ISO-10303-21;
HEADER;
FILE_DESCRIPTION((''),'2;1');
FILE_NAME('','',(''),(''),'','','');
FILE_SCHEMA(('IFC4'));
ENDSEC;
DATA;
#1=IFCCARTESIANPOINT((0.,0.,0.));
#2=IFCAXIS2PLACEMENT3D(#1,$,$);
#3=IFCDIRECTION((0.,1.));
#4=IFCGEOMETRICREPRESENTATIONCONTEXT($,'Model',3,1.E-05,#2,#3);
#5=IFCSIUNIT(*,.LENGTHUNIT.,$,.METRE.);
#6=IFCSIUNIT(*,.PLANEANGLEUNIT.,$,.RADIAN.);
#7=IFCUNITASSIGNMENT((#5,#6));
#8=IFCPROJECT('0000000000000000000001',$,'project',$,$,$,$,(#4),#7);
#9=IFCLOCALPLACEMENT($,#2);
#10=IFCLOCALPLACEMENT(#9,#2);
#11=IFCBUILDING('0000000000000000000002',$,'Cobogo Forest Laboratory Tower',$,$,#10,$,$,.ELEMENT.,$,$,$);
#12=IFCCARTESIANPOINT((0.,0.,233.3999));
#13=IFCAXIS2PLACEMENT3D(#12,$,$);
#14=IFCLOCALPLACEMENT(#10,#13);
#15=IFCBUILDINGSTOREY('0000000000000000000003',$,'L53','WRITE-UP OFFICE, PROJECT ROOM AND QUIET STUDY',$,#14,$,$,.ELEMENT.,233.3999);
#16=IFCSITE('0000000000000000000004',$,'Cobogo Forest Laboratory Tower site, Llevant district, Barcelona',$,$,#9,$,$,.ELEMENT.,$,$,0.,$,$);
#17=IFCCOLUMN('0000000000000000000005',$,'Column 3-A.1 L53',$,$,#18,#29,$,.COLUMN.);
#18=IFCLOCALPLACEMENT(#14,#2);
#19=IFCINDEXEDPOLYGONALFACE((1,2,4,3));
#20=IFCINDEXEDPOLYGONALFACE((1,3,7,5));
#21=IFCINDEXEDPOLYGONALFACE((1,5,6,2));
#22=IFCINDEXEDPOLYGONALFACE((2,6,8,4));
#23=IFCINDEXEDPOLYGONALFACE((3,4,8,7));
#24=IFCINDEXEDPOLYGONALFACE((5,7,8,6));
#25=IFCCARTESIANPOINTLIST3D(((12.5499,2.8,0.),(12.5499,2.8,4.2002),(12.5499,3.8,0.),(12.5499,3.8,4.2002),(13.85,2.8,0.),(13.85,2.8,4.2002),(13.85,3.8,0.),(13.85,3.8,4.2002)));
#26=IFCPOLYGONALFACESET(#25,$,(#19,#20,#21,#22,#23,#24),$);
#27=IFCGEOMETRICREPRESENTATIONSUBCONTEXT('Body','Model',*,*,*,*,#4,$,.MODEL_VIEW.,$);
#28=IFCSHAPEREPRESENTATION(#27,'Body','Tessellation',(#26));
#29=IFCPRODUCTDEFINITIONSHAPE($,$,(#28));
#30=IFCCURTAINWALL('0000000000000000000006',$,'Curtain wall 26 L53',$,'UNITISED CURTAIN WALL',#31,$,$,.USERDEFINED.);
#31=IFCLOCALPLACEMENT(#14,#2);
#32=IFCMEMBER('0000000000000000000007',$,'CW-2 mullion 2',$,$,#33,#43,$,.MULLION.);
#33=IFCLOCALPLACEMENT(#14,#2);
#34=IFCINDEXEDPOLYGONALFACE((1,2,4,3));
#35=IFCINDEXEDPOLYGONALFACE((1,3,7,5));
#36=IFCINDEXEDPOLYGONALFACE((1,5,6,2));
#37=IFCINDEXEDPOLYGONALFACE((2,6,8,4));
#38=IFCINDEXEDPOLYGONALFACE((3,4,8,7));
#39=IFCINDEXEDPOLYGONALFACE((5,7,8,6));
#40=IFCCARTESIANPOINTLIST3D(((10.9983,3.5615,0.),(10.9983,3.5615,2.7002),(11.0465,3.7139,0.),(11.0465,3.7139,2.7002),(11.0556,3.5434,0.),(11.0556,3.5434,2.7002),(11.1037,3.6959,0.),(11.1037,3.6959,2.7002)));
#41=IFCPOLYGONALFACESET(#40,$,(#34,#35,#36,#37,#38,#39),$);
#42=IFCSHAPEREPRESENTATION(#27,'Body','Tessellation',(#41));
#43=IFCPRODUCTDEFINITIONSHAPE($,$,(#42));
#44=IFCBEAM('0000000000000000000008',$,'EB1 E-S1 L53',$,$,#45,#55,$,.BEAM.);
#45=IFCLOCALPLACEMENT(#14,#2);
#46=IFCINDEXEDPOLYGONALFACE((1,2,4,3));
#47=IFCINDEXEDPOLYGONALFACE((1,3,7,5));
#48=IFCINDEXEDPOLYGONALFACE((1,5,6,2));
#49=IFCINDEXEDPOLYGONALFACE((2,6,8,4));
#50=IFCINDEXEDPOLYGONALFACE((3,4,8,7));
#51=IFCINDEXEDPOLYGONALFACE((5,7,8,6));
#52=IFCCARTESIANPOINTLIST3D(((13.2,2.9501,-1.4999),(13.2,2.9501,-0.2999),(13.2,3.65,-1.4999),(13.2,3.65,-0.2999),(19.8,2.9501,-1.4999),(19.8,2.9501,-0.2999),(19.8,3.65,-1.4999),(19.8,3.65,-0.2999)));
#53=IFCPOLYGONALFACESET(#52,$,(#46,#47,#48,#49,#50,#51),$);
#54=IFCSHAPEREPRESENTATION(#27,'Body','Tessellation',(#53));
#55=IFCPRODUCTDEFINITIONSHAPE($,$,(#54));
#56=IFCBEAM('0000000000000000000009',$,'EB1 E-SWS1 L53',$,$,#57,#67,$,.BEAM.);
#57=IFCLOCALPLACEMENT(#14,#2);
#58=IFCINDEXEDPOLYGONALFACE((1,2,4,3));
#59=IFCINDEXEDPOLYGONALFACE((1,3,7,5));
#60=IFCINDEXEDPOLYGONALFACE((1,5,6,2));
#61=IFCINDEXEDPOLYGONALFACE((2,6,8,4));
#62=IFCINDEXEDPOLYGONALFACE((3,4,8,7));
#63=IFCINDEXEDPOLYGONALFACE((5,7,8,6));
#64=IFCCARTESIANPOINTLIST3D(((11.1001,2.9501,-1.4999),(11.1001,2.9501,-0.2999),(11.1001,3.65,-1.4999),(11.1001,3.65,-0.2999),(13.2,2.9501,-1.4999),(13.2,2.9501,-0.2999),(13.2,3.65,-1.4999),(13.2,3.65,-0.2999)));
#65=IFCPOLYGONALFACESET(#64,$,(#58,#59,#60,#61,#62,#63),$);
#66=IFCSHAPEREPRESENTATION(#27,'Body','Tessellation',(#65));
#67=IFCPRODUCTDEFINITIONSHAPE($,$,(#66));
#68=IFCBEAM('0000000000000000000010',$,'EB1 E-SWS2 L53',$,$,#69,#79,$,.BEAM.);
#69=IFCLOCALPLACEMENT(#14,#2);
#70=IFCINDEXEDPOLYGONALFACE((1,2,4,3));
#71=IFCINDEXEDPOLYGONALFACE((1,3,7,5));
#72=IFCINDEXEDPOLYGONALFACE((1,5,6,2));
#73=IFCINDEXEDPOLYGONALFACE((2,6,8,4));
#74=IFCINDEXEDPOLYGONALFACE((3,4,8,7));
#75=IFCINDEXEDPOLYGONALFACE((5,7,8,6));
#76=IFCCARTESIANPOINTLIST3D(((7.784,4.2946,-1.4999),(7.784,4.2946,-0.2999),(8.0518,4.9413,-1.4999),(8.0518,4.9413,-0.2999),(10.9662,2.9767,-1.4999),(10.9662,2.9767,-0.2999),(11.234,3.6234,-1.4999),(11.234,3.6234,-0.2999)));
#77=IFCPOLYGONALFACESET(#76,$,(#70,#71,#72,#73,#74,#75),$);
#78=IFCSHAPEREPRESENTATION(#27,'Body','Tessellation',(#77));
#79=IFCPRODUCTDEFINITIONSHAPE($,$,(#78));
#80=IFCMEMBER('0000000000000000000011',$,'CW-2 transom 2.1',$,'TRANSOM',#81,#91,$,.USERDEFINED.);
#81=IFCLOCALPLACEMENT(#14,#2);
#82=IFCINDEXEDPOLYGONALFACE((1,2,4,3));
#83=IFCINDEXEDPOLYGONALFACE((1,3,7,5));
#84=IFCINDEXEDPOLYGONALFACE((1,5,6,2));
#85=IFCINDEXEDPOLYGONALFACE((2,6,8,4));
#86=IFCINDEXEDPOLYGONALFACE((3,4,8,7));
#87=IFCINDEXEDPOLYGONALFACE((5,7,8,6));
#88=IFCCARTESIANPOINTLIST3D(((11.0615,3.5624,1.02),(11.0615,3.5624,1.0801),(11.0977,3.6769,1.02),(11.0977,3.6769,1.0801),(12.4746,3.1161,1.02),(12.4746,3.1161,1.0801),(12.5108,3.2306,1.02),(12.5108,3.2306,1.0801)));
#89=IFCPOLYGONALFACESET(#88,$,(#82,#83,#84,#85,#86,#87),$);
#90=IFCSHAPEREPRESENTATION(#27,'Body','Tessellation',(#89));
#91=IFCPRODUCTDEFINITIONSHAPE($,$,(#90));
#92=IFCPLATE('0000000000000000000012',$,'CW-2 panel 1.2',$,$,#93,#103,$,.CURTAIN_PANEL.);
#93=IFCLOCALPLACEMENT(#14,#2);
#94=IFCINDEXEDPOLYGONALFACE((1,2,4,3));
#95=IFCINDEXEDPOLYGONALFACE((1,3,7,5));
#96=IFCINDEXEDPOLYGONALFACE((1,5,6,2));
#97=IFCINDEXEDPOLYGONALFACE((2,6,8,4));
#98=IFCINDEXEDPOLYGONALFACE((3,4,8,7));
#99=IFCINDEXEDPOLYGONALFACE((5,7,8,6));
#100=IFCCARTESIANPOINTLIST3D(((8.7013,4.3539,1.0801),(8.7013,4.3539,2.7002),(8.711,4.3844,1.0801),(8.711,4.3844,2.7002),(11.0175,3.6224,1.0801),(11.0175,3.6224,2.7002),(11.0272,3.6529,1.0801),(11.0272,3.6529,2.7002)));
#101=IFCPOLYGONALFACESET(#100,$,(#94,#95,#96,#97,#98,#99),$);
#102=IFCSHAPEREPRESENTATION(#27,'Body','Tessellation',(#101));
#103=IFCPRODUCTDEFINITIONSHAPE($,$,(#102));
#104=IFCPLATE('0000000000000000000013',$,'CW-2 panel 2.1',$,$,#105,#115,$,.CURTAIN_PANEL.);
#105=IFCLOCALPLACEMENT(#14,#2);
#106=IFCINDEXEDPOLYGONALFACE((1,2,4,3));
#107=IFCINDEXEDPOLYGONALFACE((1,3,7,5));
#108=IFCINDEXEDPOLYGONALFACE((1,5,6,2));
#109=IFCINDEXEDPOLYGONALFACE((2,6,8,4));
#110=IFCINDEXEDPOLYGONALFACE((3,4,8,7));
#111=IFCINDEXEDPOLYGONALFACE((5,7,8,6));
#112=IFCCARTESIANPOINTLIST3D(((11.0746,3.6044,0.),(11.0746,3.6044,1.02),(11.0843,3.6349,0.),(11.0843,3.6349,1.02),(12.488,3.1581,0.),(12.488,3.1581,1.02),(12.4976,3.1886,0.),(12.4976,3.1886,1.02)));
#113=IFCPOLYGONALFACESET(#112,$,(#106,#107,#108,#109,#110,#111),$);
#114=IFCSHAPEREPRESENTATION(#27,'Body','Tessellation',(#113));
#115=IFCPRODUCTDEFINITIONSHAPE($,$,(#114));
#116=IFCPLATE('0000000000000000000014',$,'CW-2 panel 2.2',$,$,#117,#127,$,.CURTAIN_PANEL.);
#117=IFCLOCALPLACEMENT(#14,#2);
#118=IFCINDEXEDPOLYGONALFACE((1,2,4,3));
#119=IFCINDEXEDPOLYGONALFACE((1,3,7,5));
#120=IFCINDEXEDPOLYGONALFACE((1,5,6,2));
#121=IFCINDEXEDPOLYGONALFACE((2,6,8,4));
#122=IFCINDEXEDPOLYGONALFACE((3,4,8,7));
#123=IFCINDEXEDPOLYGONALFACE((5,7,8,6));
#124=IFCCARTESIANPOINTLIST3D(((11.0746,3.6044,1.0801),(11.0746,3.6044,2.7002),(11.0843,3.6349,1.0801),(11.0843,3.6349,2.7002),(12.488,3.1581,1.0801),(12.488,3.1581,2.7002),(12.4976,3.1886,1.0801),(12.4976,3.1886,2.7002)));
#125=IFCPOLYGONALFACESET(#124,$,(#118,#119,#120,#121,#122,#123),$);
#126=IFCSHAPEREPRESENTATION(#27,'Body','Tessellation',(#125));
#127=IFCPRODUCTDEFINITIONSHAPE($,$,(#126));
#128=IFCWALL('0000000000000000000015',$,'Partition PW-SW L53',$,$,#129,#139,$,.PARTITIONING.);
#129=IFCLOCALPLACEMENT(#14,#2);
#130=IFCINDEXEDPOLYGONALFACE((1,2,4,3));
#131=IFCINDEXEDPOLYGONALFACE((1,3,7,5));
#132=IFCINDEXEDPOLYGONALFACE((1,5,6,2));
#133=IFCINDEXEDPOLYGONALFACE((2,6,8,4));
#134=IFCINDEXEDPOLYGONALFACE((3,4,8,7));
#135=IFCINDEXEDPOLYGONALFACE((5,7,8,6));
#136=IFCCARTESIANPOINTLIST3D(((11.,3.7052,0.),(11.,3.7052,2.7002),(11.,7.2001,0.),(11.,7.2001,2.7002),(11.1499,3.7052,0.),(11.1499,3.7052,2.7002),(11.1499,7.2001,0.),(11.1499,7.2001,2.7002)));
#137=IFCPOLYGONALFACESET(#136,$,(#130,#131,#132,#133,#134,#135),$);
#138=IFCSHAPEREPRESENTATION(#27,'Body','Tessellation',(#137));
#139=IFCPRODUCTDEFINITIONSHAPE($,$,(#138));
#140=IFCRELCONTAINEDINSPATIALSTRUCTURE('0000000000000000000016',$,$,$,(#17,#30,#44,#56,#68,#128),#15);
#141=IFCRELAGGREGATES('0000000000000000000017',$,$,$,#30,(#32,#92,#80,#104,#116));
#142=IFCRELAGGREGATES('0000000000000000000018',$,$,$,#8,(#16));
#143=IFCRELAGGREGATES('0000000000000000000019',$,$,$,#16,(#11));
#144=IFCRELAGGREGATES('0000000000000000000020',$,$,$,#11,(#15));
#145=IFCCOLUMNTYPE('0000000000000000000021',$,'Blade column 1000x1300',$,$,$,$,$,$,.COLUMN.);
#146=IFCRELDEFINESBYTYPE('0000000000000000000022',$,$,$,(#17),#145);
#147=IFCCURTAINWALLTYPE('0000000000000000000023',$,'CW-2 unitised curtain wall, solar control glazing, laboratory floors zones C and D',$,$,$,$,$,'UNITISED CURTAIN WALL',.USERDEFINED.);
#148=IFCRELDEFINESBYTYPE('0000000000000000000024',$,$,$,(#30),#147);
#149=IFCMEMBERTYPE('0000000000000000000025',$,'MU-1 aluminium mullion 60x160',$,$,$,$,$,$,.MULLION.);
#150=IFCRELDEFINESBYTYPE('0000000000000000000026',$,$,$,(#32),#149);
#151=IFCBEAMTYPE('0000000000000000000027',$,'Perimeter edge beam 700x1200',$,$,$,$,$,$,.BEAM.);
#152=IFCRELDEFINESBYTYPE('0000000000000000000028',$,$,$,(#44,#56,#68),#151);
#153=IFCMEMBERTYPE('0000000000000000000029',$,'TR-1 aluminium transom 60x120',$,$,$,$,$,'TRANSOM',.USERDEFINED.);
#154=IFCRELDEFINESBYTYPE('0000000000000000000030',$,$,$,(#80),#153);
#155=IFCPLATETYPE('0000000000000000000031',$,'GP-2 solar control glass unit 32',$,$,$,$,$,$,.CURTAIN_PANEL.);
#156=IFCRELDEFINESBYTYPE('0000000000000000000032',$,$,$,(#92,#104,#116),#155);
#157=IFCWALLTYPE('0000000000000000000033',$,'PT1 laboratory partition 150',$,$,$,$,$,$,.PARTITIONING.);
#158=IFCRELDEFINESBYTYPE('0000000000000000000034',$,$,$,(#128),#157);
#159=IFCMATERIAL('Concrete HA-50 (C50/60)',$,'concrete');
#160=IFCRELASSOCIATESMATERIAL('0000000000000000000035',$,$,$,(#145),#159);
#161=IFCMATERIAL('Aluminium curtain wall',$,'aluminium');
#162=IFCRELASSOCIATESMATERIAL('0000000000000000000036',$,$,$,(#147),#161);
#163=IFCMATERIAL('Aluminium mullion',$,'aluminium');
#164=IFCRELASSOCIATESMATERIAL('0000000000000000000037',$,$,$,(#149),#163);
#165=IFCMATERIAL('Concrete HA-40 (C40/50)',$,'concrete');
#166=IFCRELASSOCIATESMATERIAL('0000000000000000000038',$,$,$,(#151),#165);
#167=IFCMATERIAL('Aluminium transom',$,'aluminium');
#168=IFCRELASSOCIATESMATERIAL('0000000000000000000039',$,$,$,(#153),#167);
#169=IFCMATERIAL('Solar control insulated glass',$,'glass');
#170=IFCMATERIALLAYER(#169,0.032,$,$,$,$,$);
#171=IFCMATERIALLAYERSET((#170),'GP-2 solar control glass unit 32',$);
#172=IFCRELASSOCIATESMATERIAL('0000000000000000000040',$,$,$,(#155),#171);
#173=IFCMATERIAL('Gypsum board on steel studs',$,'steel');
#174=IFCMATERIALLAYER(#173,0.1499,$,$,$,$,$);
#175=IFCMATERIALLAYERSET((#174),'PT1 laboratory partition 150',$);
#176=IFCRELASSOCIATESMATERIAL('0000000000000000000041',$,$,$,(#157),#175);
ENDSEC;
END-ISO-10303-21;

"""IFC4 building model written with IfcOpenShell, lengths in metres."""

from ifc_helpers import new_model, si_unit, direction, frame, frame_2d, origin, origin_2d, place, context, subcontext, project, spatial, rectangle, extrude, material, layer, layer_set, material_profile, profile_set, type_object, element, aggregate, save


model = new_model("IFC4")

# Units and contexts
model_context = context("Model", 3, precision=1e-05, world=origin(), true_north=direction((0.0, 1.0)))
body_context = subcontext(model_context, "Body", "Model", "MODEL_VIEW")
ifc_project = project(units=[si_unit("LENGTHUNIT", "METRE"), si_unit("PLANEANGLEUNIT", "RADIAN")], contexts=[model_context])

# Site, building, storey
site_placement = place(None, origin())
site = spatial("IfcSite", under=ifc_project, at=site_placement, Name="Cobogo Forest Laboratory Tower site, Llevant district, Barcelona", CompositionType="ELEMENT", RefElevation=0.0)
building_placement = place(site_placement, origin())
building = spatial("IfcBuilding", under=site, at=building_placement, Name="Cobogo Forest Laboratory Tower", CompositionType="ELEMENT")
storey_placement = place(building_placement, frame((0.0, 0.0, 233.3999)))
storey = spatial("IfcBuildingStorey", under=building, at=storey_placement, Name="L53", Description="WRITE-UP OFFICE, PROJECT ROOM AND QUIET STUDY", CompositionType="ELEMENT", Elevation=233.3999)

# Column
ifc_material_1 = material(Name="Concrete HA-50 (C50/60)", Category="concrete")
ifc_material_profile_1 = material_profile(ifc_material_1, rectangle(XDim=1.3, YDim=1.0, at=origin_2d()), Name="RC 1000x1300")
ifc_profile_set_1 = profile_set([ifc_material_profile_1], Name="Concrete HA-50 (C50/60)")
column_type = type_object("IfcColumnType", Name="Blade column 1000x1300", PredefinedType="COLUMN", material=ifc_profile_set_1)
column_placement = place(storey_placement, frame((13.2, 3.3, 0.0), z_axis=(0.0, 0.0, 1.0), x_axis=(1.0, 0.0, 0.0)))
element("IfcColumn", 1, at=column_placement, inside=storey, type_object=column_type, Name="Column 3-A.1 L53", PredefinedType="COLUMN", context=body_context, shape_type="SweptSolid", body=[
    extrude(rectangle(XDim=1.3, YDim=1.0, at=origin_2d()), origin(), (0.0, 0.0, 1.0), 4.2002),
])

# Curtain wall, member
ifc_material_2 = material(Name="Aluminium curtain wall", Category="aluminium")
curtain_wall_type = type_object("IfcCurtainWallType", Name="CW-2 unitised curtain wall, solar control glazing, laboratory floors zones C and D", ElementType="UNITISED CURTAIN WALL", PredefinedType="USERDEFINED", material=ifc_material_2)
curtain_wall_placement = place(storey_placement, origin())
curtain_wall = element("IfcCurtainWall", 2, at=curtain_wall_placement, inside=storey, type_object=curtain_wall_type, Name="Curtain wall 26 L53", ObjectType="UNITISED CURTAIN WALL", PredefinedType="USERDEFINED")
ifc_material_3 = material(Name="Aluminium mullion", Category="aluminium")
ifc_material_profile_2 = material_profile(ifc_material_3, rectangle(XDim=0.0601, YDim=0.1599, at=origin_2d()), Name="AL 60x160")
ifc_profile_set_2 = profile_set([ifc_material_profile_2], Name="Aluminium mullion")
member_type_1 = type_object("IfcMemberType", Name="MU-1 aluminium mullion 60x160", PredefinedType="MULLION", material=ifc_profile_set_2)
member_1_placement = place(storey_placement, frame((11.051, 3.6287, 0.0), z_axis=(0.0, 0.0, 1.0), x_axis=(0.953581, -0.301136, 0.0)))
member_1 = element("IfcMember", 3, at=member_1_placement, type_object=member_type_1, Name="CW-2 mullion 2", PredefinedType="MULLION", context=body_context, shape_type="SweptSolid", body=[
    extrude(rectangle(XDim=0.0601, YDim=0.1599, at=origin_2d()), origin(), (0.0, 0.0, 1.0), 2.7002),
])

# Beams
ifc_material_4 = material(Name="Concrete HA-40 (C40/50)", Category="concrete")
ifc_material_profile_3 = material_profile(ifc_material_4, rectangle(XDim=0.7, YDim=1.2, at=origin_2d()), Name="RC 700x1200")
ifc_profile_set_3 = profile_set([ifc_material_profile_3], Name="Concrete HA-40 (C40/50)")
beam_type = type_object("IfcBeamType", Name="Perimeter edge beam 700x1200", PredefinedType="BEAM", material=ifc_profile_set_3)
beam_1_placement = place(storey_placement, frame((13.2, 3.3, -0.8999), z_axis=(1.0, 0.0, 0.0), x_axis=(0.0, 1.0, 0.0)))
element("IfcBeam", 4, at=beam_1_placement, inside=storey, type_object=beam_type, Name="EB1 E-S1 L53", PredefinedType="BEAM", context=body_context, shape_type="SweptSolid", body=[
    extrude(rectangle(XDim=0.7, YDim=1.2, at=origin_2d()), origin(), (0.0, 0.0, 1.0), 6.6001),
])
beam_2_placement = place(storey_placement, frame((13.2, 3.3, -0.8999), z_axis=(-1.0, 0.0, 0.0), x_axis=(0.0, -1.0, 0.0)))
element("IfcBeam", 5, at=beam_2_placement, inside=storey, type_object=beam_type, Name="EB1 E-SWS1 L53", PredefinedType="BEAM", context=body_context, shape_type="SweptSolid", body=[
    extrude(rectangle(XDim=0.7, YDim=1.2, at=origin_2d()), origin(), (0.0, 0.0, 1.0), 2.0999),
])
beam_3_placement = place(storey_placement, frame((11.1001, 3.3, -0.8999), z_axis=(-0.923901, 0.382631, 0.0), x_axis=(-0.382631, -0.923901, 0.0)))
element("IfcBeam", 6, at=beam_3_placement, inside=storey, type_object=beam_type, Name="EB1 E-SWS2 L53", PredefinedType="BEAM", context=body_context, shape_type="SweptSolid", body=[
    extrude(rectangle(XDim=0.7, YDim=1.2, at=origin_2d()), origin(), (0.0, 0.0, 1.0), 3.4443),
])

# Member
ifc_material_5 = material(Name="Aluminium transom", Category="aluminium")
ifc_material_profile_4 = material_profile(ifc_material_5, rectangle(XDim=0.1201, YDim=0.0601, at=origin_2d()), Name="AL 60x120")
ifc_profile_set_4 = profile_set([ifc_material_profile_4], Name="Aluminium transom")
member_type_2 = type_object("IfcMemberType", Name="TR-1 aluminium transom 60x120", ElementType="TRANSOM", PredefinedType="USERDEFINED", material=ifc_profile_set_4)
member_2_placement = place(storey_placement, frame((11.0796, 3.6196, 1.05), z_axis=(0.953573, -0.301163, 0.0), x_axis=(0.301163, 0.953573, 0.0)))
member_2 = element("IfcMember", 7, at=member_2_placement, type_object=member_type_2, Name="CW-2 transom 2.1", ObjectType="TRANSOM", PredefinedType="USERDEFINED", context=body_context, shape_type="SweptSolid", body=[
    extrude(rectangle(XDim=0.1201, YDim=0.0601, at=origin_2d()), origin(), (0.0, 0.0, 1.0), 1.4819),
])

# Plates
ifc_material_6 = material(Name="Solar control insulated glass", Category="glass")
ifc_layer_1 = layer(ifc_material_6, 0.032)
ifc_layer_set_1 = layer_set([ifc_layer_1], Name="GP-2 solar control glass unit 32")
plate_type = type_object("IfcPlateType", Name="GP-2 solar control glass unit 32", PredefinedType="CURTAIN_PANEL", material=ifc_layer_set_1)
plate_1_placement = place(storey_placement, frame((9.8643, 4.0034, 1.0801), z_axis=(0.0, 0.0, 1.0), x_axis=(0.953581, -0.301136, 0.0)))
plate_1 = element("IfcPlate", 8, at=plate_1_placement, type_object=plate_type, Name="CW-2 panel 1.2", PredefinedType="CURTAIN_PANEL", context=body_context, shape_type="SweptSolid", body=[
    extrude(rectangle(XDim=2.429, YDim=0.032, at=origin_2d()), origin(), (0.0, 0.0, 1.0), 1.6201),
])
plate_2_placement = place(storey_placement, frame((11.7861, 3.3965, 0.0), z_axis=(0.0, 0.0, 1.0), x_axis=(0.953581, -0.301136, 0.0)))
plate_2 = element("IfcPlate", 9, at=plate_2_placement, type_object=plate_type, Name="CW-2 panel 2.1", PredefinedType="CURTAIN_PANEL", context=body_context, shape_type="SweptSolid", body=[
    extrude(rectangle(XDim=1.4822, YDim=0.032, at=origin_2d()), origin(), (0.0, 0.0, 1.0), 1.02),
])
plate_3_placement = place(storey_placement, frame((11.7861, 3.3965, 1.0801), z_axis=(0.0, 0.0, 1.0), x_axis=(0.953581, -0.301136, 0.0)))
plate_3 = element("IfcPlate", 10, at=plate_3_placement, type_object=plate_type, Name="CW-2 panel 2.2", PredefinedType="CURTAIN_PANEL", context=body_context, shape_type="SweptSolid", body=[
    extrude(rectangle(XDim=1.4822, YDim=0.032, at=origin_2d()), origin(), (0.0, 0.0, 1.0), 1.6201),
])
aggregate(curtain_wall, [member_1, plate_1, member_2, plate_2, plate_3])

# Wall
ifc_material_7 = material(Name="Gypsum board on steel studs", Category="steel")
ifc_layer_2 = layer(ifc_material_7, 0.1499)
ifc_layer_set_2 = layer_set([ifc_layer_2], Name="PT1 laboratory partition 150")
wall_type_1 = type_object("IfcWallType", Name="PT1 laboratory partition 150", PredefinedType="PARTITIONING", material=ifc_layer_set_2)
wall_1_placement = place(storey_placement, frame((11.075, 3.7051, 0.0), z_axis=(0.0, 0.0, 1.0), x_axis=(0.0, 1.0, 0.0)))
element("IfcWall", 11, at=wall_1_placement, inside=storey, type_object=wall_type_1, Name="Partition PW-SW L53", PredefinedType="PARTITIONING", context=body_context, shape_type="SweptSolid", body=[
    extrude(rectangle(XDim=3.4949, YDim=0.1499, at=frame_2d((1.7476, 0.0))), origin(), (0.0, 0.0, 1.0), 2.7002),
])

save(model, "model.ifc")
